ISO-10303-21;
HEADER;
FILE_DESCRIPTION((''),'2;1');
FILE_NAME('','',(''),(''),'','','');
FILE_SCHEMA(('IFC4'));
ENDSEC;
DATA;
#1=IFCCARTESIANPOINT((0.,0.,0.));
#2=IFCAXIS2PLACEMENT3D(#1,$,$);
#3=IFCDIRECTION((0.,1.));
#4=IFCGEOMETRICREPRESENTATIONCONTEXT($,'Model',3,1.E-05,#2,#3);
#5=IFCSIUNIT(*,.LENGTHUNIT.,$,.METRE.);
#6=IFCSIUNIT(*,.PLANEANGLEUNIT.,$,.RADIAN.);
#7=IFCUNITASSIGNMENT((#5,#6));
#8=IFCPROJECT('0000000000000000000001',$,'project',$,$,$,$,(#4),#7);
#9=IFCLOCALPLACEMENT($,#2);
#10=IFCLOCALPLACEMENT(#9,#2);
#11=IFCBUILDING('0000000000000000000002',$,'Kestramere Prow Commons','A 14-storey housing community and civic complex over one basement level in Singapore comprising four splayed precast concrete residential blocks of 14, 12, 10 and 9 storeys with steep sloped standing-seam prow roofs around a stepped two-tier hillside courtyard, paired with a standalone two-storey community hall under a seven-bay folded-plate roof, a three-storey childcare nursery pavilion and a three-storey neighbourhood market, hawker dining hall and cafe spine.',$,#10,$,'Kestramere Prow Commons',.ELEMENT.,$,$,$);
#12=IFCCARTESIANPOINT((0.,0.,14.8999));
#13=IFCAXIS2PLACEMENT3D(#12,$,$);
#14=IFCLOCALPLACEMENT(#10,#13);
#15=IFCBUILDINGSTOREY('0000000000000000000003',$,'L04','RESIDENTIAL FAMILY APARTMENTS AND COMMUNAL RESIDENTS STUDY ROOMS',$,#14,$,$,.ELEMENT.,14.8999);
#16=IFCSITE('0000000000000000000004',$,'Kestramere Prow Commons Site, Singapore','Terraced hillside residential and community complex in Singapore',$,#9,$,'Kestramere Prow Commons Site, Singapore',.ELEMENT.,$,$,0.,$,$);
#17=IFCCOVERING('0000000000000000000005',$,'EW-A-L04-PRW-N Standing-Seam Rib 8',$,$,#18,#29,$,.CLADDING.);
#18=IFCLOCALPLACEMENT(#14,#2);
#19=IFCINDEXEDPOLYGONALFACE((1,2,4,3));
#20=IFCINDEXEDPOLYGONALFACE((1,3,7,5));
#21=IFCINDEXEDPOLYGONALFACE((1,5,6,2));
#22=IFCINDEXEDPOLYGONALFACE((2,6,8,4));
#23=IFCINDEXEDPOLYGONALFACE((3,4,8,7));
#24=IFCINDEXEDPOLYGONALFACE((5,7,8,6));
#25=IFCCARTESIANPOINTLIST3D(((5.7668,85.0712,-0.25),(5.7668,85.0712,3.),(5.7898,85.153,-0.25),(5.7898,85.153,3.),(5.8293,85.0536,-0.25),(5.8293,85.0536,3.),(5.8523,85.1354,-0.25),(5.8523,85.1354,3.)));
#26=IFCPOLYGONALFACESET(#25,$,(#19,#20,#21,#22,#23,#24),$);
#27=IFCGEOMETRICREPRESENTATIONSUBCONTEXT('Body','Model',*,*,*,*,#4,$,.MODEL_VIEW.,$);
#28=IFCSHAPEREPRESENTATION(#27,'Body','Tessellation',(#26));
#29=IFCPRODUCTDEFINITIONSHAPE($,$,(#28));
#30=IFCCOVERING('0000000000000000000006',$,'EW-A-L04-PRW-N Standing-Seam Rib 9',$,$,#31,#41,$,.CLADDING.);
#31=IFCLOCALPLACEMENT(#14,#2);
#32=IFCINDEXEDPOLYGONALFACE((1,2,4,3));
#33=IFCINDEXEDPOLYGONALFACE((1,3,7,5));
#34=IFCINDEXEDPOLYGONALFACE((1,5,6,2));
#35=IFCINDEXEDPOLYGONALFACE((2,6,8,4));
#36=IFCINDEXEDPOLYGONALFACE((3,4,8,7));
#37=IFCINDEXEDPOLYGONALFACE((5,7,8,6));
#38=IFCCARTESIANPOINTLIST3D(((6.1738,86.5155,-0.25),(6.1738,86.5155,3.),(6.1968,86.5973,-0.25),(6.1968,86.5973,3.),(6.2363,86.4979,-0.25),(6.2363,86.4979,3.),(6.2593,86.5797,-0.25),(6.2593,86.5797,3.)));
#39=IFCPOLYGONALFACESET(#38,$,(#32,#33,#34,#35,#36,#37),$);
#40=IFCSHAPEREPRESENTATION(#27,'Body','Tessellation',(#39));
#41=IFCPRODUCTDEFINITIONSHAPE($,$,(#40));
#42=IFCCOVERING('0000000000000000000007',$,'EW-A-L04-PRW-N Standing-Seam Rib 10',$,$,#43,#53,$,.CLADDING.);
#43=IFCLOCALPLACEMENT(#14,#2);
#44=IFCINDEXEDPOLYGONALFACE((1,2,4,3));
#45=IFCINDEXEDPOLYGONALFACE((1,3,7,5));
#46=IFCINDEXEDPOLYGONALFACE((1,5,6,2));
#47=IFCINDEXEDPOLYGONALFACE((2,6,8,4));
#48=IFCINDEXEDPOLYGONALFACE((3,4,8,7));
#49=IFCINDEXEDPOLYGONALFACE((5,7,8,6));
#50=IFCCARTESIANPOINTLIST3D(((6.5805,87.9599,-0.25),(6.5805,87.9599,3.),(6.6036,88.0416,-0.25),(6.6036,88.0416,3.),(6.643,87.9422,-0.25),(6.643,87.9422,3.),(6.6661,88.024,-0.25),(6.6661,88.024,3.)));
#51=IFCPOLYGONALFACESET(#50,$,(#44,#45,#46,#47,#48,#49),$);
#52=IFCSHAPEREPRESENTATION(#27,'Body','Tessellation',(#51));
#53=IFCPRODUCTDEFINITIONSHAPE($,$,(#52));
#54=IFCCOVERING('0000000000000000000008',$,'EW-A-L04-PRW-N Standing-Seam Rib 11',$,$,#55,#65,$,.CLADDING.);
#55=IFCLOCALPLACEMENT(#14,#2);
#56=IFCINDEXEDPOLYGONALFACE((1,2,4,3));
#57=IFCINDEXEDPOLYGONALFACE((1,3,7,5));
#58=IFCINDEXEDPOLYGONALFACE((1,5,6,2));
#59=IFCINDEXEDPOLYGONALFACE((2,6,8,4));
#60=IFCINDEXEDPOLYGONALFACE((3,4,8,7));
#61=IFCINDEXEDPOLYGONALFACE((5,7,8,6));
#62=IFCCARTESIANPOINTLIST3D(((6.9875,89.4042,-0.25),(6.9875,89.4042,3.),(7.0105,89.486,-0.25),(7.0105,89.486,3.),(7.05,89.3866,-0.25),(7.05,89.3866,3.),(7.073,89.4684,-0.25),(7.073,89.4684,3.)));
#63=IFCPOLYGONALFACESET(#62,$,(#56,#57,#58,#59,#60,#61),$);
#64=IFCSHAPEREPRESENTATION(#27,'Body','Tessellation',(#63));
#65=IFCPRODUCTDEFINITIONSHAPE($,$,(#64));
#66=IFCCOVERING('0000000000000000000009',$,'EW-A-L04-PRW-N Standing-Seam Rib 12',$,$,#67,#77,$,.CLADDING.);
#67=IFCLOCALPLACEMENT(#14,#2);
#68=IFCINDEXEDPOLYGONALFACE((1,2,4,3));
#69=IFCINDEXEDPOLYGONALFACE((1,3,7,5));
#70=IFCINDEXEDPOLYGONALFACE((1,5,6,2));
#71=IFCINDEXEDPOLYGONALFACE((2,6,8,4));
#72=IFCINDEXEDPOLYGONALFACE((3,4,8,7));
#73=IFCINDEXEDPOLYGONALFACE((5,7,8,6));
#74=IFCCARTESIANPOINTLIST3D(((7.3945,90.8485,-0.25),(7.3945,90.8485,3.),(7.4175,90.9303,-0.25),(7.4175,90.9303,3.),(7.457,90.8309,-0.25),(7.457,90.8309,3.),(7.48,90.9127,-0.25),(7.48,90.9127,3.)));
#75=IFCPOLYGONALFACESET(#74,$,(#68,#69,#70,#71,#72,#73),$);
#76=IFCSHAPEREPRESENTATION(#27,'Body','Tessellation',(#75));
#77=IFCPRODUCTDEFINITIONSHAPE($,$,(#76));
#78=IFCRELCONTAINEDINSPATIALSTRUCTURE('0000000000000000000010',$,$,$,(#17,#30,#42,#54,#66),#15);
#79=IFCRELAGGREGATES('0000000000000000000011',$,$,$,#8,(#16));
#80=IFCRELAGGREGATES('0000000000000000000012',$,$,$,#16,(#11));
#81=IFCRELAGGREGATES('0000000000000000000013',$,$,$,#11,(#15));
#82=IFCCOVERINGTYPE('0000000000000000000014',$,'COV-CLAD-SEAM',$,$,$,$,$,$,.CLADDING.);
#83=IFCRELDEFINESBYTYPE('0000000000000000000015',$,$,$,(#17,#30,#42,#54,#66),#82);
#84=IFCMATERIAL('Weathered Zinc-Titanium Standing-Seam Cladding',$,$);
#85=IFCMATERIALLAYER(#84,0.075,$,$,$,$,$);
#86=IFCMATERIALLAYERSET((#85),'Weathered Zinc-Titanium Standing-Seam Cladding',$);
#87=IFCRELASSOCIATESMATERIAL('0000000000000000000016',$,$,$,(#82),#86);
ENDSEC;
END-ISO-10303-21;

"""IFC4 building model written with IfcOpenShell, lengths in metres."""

from ifc_helpers import new_model, si_unit, direction, frame, origin, origin_2d, place, context, subcontext, project, spatial, rectangle, extrude, material, layer, layer_set, type_object, element, save


model = new_model("IFC4")

# Units and contexts
model_context = context("Model", 3, precision=1e-05, world=origin(), true_north=direction((0.0, 1.0)))
body_context = subcontext(model_context, "Body", "Model", "MODEL_VIEW")
ifc_project = project(units=[si_unit("LENGTHUNIT", "METRE"), si_unit("PLANEANGLEUNIT", "RADIAN")], contexts=[model_context])

# Site, building, storey
site_placement = place(None, origin())
site = spatial("IfcSite", under=ifc_project, at=site_placement, Name="Kestramere Prow Commons Site, Singapore", Description="Terraced hillside residential and community complex in Singapore", LongName="Kestramere Prow Commons Site, Singapore", CompositionType="ELEMENT", RefElevation=0.0)
building_placement = place(site_placement, origin())
building = spatial("IfcBuilding", under=site, at=building_placement, Name="Kestramere Prow Commons", Description="A 14-storey housing community and civic complex over one basement level in Singapore comprising four splayed precast concrete residential blocks of 14, 12, 10 and 9 storeys with steep sloped standing-seam prow roofs around a stepped two-tier hillside courtyard, paired with a standalone two-storey community hall under a seven-bay folded-plate roof, a three-storey childcare nursery pavilion and a three-storey neighbourhood market, hawker dining hall and cafe spine.", LongName="Kestramere Prow Commons", CompositionType="ELEMENT")
storey_placement = place(building_placement, frame((0.0, 0.0, 14.8999)))
storey = spatial("IfcBuildingStorey", under=building, at=storey_placement, Name="L04", Description="RESIDENTIAL FAMILY APARTMENTS AND COMMUNAL RESIDENTS STUDY ROOMS", CompositionType="ELEMENT", Elevation=14.8999)

# Coverings
ifc_material_1 = material(Name="Weathered Zinc-Titanium Standing-Seam Cladding")
ifc_layer_1 = layer(ifc_material_1, 0.075)
ifc_layer_set_1 = layer_set([ifc_layer_1], Name="Weathered Zinc-Titanium Standing-Seam Cladding")
covering_type = type_object("IfcCoveringType", Name="COV-CLAD-SEAM", PredefinedType="CLADDING", material=ifc_layer_set_1)
for number, where, z_axis, x_axis, name in (
    (1, (5.8096, 85.1033, -0.25), (0.0, 0.0, 1.0), (0.27116, 0.962534, 0.0), "EW-A-L04-PRW-N Standing-Seam Rib 8"),
    (2, (6.2166, 86.5476, -0.25), (0.0, 0.0, 1.0), (0.27116, 0.962534, 0.0), "EW-A-L04-PRW-N Standing-Seam Rib 9"),
    (3, (6.6233, 87.9919, -0.25), (0.0, 0.0, 1.0), (0.27116, 0.962534, 0.0), "EW-A-L04-PRW-N Standing-Seam Rib 10"),
    (4, (7.0303, 89.4363, -0.25), (0.0, 0.0, 1.0), (0.27116, 0.962534, 0.0), "EW-A-L04-PRW-N Standing-Seam Rib 11"),
    (5, (7.4373, 90.8806, -0.25), (0.0, 0.0, 1.0), (0.27116, 0.962534, 0.0), "EW-A-L04-PRW-N Standing-Seam Rib 12"),
):
    element("IfcCovering", number, at=place(storey_placement, frame(where, z_axis=z_axis, x_axis=x_axis)), inside=storey, type_object=covering_type, Name=name, PredefinedType="CLADDING", context=body_context, shape_type="SweptSolid", body=[
        extrude(rectangle(XDim=0.085, YDim=0.0649, at=origin_2d()), origin(), (0.0, 0.0, 1.0), 3.25),
    ])

save(model, "model.ifc")
